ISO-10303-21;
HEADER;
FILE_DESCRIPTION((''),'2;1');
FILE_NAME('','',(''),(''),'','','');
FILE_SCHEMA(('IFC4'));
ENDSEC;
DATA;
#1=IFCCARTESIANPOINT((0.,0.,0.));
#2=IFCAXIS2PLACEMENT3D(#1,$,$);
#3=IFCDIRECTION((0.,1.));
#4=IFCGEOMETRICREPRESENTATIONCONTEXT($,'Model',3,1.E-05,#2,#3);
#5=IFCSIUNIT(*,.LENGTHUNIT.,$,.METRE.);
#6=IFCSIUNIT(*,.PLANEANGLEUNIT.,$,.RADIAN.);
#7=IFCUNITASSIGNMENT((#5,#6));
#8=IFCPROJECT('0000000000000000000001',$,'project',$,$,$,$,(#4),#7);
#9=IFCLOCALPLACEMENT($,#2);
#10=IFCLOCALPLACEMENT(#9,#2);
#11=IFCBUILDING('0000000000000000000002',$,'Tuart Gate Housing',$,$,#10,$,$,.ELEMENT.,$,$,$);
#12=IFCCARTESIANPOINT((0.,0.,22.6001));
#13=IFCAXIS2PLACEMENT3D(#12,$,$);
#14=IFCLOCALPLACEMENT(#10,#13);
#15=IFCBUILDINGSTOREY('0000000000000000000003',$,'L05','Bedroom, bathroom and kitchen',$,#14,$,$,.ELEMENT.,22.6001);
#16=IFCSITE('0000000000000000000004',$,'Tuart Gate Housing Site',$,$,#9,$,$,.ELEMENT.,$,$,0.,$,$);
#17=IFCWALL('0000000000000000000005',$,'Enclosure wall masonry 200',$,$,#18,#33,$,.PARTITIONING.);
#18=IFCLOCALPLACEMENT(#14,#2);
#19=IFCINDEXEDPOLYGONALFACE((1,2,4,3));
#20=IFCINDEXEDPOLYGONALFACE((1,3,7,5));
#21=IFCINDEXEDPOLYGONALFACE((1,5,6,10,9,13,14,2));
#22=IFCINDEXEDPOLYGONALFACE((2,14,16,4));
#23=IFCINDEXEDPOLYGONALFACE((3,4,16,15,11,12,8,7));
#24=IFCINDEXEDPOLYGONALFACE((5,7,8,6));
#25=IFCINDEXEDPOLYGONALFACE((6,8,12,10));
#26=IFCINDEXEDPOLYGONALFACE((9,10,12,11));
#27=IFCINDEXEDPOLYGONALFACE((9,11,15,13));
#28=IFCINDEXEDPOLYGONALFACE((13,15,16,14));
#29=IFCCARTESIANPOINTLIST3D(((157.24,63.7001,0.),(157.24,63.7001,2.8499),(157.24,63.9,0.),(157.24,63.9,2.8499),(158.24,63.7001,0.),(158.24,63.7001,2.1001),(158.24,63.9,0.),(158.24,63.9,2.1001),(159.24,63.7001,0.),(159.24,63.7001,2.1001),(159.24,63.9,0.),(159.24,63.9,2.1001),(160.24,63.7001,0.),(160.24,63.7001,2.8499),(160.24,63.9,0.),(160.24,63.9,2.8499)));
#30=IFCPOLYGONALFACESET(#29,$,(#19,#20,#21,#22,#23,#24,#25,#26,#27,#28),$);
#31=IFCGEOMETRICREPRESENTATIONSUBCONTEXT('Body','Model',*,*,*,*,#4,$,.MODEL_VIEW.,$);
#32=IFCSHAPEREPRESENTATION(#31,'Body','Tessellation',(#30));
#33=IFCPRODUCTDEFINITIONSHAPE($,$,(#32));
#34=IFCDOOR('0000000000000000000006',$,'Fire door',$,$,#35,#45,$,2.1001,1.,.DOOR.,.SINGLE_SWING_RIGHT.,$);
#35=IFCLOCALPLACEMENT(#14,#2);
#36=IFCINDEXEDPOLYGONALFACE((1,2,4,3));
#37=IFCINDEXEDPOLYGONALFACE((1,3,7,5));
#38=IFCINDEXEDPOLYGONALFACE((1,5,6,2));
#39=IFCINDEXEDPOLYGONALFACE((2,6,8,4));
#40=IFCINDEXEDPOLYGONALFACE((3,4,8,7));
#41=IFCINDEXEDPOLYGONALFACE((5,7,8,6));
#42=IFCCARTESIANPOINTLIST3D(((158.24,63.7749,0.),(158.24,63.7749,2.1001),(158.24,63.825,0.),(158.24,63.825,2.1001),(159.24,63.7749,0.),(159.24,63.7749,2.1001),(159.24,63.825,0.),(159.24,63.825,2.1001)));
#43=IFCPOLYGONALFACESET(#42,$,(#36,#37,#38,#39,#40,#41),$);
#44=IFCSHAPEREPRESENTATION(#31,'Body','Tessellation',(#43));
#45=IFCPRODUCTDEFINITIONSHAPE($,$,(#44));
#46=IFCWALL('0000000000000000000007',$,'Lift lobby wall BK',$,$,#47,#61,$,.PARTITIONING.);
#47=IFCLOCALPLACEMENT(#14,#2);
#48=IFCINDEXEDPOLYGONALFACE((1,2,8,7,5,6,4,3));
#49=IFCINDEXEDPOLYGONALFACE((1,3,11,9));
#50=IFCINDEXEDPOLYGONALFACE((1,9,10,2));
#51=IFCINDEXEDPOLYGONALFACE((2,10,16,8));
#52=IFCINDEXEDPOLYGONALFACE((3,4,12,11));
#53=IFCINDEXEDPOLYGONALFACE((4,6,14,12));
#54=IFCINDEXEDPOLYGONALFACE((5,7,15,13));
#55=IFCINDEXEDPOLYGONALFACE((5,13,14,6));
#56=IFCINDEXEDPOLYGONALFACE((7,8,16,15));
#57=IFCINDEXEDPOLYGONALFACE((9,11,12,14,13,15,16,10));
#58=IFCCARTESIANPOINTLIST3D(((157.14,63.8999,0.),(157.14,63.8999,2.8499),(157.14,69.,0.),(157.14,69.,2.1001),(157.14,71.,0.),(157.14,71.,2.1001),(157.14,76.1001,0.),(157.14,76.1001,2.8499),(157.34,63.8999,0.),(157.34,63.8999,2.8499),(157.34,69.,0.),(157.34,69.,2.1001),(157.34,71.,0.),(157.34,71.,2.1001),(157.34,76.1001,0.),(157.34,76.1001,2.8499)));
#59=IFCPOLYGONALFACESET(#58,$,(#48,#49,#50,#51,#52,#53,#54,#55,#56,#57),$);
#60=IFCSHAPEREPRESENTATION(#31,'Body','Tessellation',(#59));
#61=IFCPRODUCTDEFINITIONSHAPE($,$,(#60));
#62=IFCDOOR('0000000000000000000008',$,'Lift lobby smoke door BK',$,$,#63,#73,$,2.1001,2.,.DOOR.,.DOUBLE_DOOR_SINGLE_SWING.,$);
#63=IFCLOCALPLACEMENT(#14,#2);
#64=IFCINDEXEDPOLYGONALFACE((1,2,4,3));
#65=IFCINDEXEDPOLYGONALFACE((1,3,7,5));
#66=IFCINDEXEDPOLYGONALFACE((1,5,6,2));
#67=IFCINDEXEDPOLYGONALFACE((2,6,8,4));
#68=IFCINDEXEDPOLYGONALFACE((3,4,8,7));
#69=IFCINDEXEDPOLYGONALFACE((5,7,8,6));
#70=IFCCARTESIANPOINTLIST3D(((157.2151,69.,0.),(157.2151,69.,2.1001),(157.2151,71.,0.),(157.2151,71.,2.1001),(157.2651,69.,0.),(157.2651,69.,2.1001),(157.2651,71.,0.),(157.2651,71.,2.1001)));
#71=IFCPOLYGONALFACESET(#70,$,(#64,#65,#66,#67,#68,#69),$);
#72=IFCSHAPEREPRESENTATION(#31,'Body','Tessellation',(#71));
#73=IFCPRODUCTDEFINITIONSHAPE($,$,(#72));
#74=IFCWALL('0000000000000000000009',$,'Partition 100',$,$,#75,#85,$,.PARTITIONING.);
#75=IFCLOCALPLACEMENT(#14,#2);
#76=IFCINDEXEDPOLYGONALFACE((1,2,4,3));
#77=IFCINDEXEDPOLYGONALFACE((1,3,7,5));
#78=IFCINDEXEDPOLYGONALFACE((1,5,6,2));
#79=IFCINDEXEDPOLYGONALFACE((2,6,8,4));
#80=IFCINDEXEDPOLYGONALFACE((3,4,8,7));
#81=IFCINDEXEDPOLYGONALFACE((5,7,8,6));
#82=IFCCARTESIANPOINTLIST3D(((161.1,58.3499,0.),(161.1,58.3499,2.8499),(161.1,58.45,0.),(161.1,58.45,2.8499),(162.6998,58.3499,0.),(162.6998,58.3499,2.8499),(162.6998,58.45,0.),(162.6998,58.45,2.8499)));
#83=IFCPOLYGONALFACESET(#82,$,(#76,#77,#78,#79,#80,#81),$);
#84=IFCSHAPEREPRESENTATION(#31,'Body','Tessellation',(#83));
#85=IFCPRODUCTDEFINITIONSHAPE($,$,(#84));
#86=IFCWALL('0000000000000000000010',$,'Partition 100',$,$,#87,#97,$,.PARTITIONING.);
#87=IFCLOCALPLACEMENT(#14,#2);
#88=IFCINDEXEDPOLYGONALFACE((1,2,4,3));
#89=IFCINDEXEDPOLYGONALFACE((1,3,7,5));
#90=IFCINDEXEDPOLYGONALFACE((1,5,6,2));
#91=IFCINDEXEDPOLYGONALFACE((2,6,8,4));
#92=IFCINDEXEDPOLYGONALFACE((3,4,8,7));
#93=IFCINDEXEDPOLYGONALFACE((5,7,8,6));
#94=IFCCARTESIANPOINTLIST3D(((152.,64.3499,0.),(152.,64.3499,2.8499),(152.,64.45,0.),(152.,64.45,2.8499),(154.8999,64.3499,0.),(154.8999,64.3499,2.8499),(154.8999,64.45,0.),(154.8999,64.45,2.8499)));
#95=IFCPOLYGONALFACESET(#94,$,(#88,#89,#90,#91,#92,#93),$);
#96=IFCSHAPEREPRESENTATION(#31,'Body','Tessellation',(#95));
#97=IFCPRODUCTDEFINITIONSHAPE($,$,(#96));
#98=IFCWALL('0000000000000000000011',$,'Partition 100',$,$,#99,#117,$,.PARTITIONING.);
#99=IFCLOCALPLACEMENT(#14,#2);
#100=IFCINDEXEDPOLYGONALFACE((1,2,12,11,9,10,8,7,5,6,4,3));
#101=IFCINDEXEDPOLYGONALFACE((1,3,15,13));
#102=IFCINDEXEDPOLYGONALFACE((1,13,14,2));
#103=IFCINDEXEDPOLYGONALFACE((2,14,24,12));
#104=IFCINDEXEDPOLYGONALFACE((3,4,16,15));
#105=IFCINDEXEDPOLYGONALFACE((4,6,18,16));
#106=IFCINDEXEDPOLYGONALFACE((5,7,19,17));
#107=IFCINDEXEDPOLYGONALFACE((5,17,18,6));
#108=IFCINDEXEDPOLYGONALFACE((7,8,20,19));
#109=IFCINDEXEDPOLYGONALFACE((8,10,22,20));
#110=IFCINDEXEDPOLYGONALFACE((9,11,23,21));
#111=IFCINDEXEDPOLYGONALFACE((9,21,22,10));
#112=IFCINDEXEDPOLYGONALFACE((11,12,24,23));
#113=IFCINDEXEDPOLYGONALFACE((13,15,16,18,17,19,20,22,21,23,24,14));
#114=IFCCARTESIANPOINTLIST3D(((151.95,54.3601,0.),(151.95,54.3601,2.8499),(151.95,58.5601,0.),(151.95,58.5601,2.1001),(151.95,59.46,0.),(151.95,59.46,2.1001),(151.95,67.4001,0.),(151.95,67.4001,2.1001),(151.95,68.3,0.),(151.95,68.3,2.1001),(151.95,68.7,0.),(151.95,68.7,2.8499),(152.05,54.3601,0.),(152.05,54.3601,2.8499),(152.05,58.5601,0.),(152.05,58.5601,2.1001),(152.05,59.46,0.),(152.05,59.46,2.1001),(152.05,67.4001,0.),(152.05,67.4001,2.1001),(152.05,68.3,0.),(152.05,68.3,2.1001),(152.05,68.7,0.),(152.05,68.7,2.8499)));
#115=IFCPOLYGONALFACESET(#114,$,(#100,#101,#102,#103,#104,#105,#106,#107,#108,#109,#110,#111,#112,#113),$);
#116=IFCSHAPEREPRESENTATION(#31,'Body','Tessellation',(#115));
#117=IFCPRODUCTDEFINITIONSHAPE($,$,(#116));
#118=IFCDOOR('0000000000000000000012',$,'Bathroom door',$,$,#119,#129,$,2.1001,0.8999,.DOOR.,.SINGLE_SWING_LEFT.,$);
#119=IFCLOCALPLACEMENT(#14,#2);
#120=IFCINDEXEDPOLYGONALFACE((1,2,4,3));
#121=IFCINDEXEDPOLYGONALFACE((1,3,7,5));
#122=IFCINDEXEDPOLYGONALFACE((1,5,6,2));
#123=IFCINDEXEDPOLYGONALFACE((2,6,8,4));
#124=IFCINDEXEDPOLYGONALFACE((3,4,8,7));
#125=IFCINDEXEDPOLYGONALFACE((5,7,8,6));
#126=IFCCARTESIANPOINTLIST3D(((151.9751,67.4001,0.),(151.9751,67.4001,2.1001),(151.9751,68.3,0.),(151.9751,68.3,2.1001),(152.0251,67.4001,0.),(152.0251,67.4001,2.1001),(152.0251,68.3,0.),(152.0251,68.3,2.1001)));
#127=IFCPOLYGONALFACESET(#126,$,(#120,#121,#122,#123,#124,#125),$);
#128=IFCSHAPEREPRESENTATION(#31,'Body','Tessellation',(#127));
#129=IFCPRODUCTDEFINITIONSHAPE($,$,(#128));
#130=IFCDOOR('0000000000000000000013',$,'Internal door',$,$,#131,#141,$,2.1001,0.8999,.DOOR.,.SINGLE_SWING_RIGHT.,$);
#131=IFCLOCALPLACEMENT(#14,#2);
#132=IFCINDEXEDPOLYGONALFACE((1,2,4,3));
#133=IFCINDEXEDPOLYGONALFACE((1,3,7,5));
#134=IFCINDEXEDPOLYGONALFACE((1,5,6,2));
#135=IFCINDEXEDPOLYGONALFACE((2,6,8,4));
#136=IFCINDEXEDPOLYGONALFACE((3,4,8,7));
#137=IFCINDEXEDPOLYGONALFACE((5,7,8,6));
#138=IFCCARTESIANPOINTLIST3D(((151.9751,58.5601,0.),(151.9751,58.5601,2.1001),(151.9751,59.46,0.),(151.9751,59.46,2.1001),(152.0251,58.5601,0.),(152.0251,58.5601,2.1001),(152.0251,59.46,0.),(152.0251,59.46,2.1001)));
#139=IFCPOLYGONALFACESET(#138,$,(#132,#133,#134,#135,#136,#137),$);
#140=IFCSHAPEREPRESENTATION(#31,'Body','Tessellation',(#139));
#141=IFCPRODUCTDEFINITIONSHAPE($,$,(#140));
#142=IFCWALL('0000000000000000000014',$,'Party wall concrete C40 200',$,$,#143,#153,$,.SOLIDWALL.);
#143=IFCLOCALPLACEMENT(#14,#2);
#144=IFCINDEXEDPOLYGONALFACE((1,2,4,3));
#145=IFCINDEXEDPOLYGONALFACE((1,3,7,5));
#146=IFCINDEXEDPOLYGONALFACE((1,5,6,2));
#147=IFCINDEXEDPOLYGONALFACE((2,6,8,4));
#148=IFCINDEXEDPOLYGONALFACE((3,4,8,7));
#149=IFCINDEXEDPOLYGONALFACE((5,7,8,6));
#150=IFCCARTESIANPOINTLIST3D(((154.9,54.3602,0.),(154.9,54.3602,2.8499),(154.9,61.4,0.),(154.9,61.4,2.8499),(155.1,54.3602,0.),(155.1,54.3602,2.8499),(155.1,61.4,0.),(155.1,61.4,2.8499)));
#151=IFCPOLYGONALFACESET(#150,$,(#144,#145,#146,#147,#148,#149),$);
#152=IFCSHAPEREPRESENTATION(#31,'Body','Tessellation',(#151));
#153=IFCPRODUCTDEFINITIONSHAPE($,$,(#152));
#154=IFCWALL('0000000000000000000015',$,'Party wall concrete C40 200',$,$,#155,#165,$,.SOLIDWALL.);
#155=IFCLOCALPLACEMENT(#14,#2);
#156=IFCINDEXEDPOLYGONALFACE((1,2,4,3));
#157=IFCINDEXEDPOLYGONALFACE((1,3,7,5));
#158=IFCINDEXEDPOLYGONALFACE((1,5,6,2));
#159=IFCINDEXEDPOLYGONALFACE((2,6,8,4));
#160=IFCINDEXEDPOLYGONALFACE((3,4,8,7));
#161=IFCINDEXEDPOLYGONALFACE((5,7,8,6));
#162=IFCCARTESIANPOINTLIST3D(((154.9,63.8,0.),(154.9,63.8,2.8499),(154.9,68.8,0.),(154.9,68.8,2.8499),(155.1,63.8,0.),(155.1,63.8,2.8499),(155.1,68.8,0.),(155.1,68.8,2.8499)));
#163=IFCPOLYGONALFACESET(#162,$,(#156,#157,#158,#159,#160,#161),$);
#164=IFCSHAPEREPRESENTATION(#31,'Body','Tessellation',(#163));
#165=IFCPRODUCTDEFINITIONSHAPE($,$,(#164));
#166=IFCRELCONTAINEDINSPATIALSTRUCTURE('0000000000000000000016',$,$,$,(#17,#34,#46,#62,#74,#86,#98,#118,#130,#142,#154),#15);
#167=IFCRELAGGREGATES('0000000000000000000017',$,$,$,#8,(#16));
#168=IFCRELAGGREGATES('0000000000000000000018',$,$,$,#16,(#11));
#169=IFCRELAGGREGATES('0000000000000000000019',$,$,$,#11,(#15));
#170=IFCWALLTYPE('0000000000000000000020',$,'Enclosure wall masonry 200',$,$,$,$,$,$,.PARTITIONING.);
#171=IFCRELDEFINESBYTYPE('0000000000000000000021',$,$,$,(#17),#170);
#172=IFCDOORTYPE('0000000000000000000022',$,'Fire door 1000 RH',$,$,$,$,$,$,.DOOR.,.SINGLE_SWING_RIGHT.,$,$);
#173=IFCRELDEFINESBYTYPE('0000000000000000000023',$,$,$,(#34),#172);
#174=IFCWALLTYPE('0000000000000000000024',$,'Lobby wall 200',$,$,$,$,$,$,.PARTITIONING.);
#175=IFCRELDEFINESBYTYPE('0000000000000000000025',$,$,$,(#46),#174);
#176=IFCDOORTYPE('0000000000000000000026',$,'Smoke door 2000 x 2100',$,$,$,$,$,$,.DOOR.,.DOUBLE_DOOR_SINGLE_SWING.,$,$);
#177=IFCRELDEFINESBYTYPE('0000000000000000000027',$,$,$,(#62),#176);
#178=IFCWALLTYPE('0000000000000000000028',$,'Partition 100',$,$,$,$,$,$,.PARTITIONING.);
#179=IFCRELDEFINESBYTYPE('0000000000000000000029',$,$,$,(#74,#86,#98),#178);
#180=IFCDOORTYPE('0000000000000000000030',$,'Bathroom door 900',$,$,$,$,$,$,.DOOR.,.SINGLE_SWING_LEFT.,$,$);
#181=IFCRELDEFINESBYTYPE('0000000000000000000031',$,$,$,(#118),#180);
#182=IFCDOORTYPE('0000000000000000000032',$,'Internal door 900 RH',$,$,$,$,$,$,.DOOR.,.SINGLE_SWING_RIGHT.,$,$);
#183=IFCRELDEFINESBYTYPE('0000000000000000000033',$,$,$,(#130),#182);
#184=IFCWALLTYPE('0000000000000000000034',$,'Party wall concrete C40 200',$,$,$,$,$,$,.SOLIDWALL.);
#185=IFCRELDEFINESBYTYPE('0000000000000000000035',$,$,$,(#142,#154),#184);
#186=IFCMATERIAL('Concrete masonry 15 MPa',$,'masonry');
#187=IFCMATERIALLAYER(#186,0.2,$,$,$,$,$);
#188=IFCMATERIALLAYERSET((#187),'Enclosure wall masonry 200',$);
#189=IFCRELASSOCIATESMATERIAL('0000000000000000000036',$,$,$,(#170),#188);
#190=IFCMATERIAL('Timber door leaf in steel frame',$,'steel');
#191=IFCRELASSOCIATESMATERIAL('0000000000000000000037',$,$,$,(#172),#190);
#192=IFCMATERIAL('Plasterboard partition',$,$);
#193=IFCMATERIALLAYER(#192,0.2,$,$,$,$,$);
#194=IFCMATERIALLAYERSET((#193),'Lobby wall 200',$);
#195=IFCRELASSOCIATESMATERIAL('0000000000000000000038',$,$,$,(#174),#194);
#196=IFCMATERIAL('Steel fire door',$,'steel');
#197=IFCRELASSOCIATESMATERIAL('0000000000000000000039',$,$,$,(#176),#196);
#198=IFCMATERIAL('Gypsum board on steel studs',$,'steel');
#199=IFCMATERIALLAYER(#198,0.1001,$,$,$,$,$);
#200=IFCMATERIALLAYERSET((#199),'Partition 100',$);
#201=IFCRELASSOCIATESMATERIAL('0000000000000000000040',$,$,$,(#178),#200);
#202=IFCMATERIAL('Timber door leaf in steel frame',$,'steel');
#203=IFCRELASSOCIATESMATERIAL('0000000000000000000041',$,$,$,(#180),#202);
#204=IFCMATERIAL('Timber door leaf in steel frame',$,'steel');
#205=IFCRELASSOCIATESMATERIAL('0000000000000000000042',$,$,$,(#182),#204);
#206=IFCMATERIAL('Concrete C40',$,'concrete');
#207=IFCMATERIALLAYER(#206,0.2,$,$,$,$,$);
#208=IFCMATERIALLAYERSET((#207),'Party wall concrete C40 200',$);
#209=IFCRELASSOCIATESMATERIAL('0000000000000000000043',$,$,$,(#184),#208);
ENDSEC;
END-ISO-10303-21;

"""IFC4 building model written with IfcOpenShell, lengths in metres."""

from ifc_helpers import new_model, si_unit, direction, frame, frame_2d, origin, place, context, subcontext, project, spatial, rectangle, extrude, material, layer, layer_set, type_object, element, fill, save


model = new_model("IFC4")

# Units and contexts
model_context = context("Model", 3, precision=1e-05, world=origin(), true_north=direction((0.0, 1.0)))
body_context = subcontext(model_context, "Body", "Model", "MODEL_VIEW")
ifc_project = project(units=[si_unit("LENGTHUNIT", "METRE"), si_unit("PLANEANGLEUNIT", "RADIAN")], contexts=[model_context])

# Site, building, storey
site_placement = place(None, origin())
site = spatial("IfcSite", under=ifc_project, at=site_placement, Name="Tuart Gate Housing Site", CompositionType="ELEMENT", RefElevation=0.0)
building_placement = place(site_placement, origin())
building = spatial("IfcBuilding", under=site, at=building_placement, Name="Tuart Gate Housing", CompositionType="ELEMENT")
storey_placement = place(building_placement, frame((0.0, 0.0, 22.6001)))
storey = spatial("IfcBuildingStorey", under=building, at=storey_placement, Name="L05", Description="Bedroom, bathroom and kitchen", CompositionType="ELEMENT", Elevation=22.6001)

# Walls, openings, doors
ifc_material_1 = material(Name="Concrete masonry 15 MPa", Category="masonry")
ifc_layer_1 = layer(ifc_material_1, 0.2)
ifc_layer_set_1 = layer_set([ifc_layer_1], Name="Enclosure wall masonry 200")
wall_type_1 = type_object("IfcWallType", Name="Enclosure wall masonry 200", PredefinedType="PARTITIONING", material=ifc_layer_set_1)
wall_1_placement = place(storey_placement, frame((157.24, 63.8, 0.0), z_axis=(0.0, 0.0, 1.0), x_axis=(1.0, 0.0, 0.0)))
wall_1 = element("IfcWall", 1, at=wall_1_placement, inside=storey, type_object=wall_type_1, Name="Enclosure wall masonry 200", PredefinedType="PARTITIONING", context=body_context, shape_type="SweptSolid", body=[
    extrude(rectangle(XDim=3.0, YDim=0.2, at=frame_2d((1.5, 0.0))), origin(), (0.0, 0.0, 1.0), 2.8499),
])
opening_1_placement = place(wall_1_placement, frame((1.0, 0.0, 0.0)))
opening_1 = element("IfcOpeningElement", 2, at=opening_1_placement, cuts=wall_1, PredefinedType="OPENING", context=body_context, shape_type="SweptSolid", body=[
    extrude(rectangle(XDim=1.0, YDim=2.1001, at=frame_2d((0.5, 1.05))), frame((0.0, 0.1099, 0.0), z_axis=(0.0, -1.0, 0.0), x_axis=(1.0, 0.0, 0.0)), (0.0, 0.0, 1.0), 0.22),
])
ifc_material_2 = material(Name="Timber door leaf in steel frame", Category="steel")
door_type_1 = type_object("IfcDoorType", Name="Fire door 1000 RH", OperationType="SINGLE_SWING_RIGHT", PredefinedType="DOOR", material=ifc_material_2)
door_1_placement = place(opening_1_placement, frame((1.0, 0.0, 0.0), z_axis=(0.0, 0.0, 1.0), x_axis=(-1.0, 0.0, 0.0)))
door_1 = element("IfcDoor", 3, at=door_1_placement, inside=storey, type_object=door_type_1, Name="Fire door", OperationType="SINGLE_SWING_RIGHT", OverallHeight=2.1001, OverallWidth=1.0, PredefinedType="DOOR", context=body_context, shape_type="SweptSolid", body=[
    extrude(rectangle(XDim=1.0, YDim=2.1001, at=frame_2d((0.5, 1.05))), frame((0.0, 0.0251, 0.0), z_axis=(0.0, -1.0, 0.0), x_axis=(1.0, 0.0, 0.0)), (0.0, 0.0, 1.0), 0.05),
])
fill(opening_1, door_1)
ifc_material_3 = material(Name="Plasterboard partition")
ifc_layer_2 = layer(ifc_material_3, 0.2)
ifc_layer_set_2 = layer_set([ifc_layer_2], Name="Lobby wall 200")
wall_type_2 = type_object("IfcWallType", Name="Lobby wall 200", PredefinedType="PARTITIONING", material=ifc_layer_set_2)
wall_2_placement = place(storey_placement, frame((157.24, 63.8999, 0.0), z_axis=(0.0, 0.0, 1.0), x_axis=(0.0, 1.0, 0.0)))
wall_2 = element("IfcWall", 4, at=wall_2_placement, inside=storey, type_object=wall_type_2, Name="Lift lobby wall BK", PredefinedType="PARTITIONING", context=body_context, shape_type="SweptSolid", body=[
    extrude(rectangle(XDim=12.2002, YDim=0.2, at=frame_2d((6.1001, 0.0))), origin(), (0.0, 0.0, 1.0), 2.8499),
])
opening_2_placement = place(wall_2_placement, frame((5.1001, 0.0, 0.0)))
opening_2 = element("IfcOpeningElement", 5, at=opening_2_placement, cuts=wall_2, PredefinedType="OPENING", context=body_context, shape_type="SweptSolid", body=[
    extrude(rectangle(XDim=2.0, YDim=2.1001, at=frame_2d((1.0, 1.05))), frame((0.0, 0.1099, 0.0), z_axis=(0.0, -1.0, 0.0), x_axis=(1.0, 0.0, 0.0)), (0.0, 0.0, 1.0), 0.22),
])
ifc_material_4 = material(Name="Steel fire door", Category="steel")
door_type_2 = type_object("IfcDoorType", Name="Smoke door 2000 x 2100", OperationType="DOUBLE_DOOR_SINGLE_SWING", PredefinedType="DOOR", material=ifc_material_4)
door_2_placement = place(opening_2_placement, frame((2.0, 0.0, 0.0), z_axis=(0.0, 0.0, 1.0), x_axis=(-1.0, 0.0, 0.0)))
door_2 = element("IfcDoor", 6, at=door_2_placement, inside=storey, type_object=door_type_2, Name="Lift lobby smoke door BK", OperationType="DOUBLE_DOOR_SINGLE_SWING", OverallHeight=2.1001, OverallWidth=2.0, PredefinedType="DOOR", context=body_context, shape_type="SweptSolid", body=[
    extrude(rectangle(XDim=2.0, YDim=2.1001, at=frame_2d((1.0, 1.05))), frame((0.0, 0.0251, 0.0), z_axis=(0.0, -1.0, 0.0), x_axis=(1.0, 0.0, 0.0)), (0.0, 0.0, 1.0), 0.05),
])
fill(opening_2, door_2)

# Walls
ifc_material_5 = material(Name="Gypsum board on steel studs", Category="steel")
ifc_layer_3 = layer(ifc_material_5, 0.1001)
ifc_layer_set_3 = layer_set([ifc_layer_3], Name="Partition 100")
wall_type_3 = type_object("IfcWallType", Name="Partition 100", PredefinedType="PARTITIONING", material=ifc_layer_set_3)
wall_3_placement = place(storey_placement, frame((161.1001, 58.3999, 0.0), z_axis=(0.0, 0.0, 1.0), x_axis=(1.0, 0.0, 0.0)))
element("IfcWall", 7, at=wall_3_placement, inside=storey, type_object=wall_type_3, Name="Partition 100", PredefinedType="PARTITIONING", context=body_context, shape_type="SweptSolid", body=[
    extrude(rectangle(XDim=1.5999, YDim=0.1001, at=frame_2d((0.7998, 0.0))), origin(), (0.0, 0.0, 1.0), 2.8499),
])
wall_4_placement = place(storey_placement, frame((152.0, 64.3999, 0.0), z_axis=(0.0, 0.0, 1.0), x_axis=(1.0, 0.0, 0.0)))
element("IfcWall", 8, at=wall_4_placement, inside=storey, type_object=wall_type_3, Name="Partition 100", PredefinedType="PARTITIONING", context=body_context, shape_type="SweptSolid", body=[
    extrude(rectangle(XDim=2.8999, YDim=0.1001, at=frame_2d((1.45, 0.0))), origin(), (0.0, 0.0, 1.0), 2.8499),
])

# Wall, openings, doors
wall_5_placement = place(storey_placement, frame((152.0, 54.3601, 0.0), z_axis=(0.0, 0.0, 1.0), x_axis=(0.0, 1.0, 0.0)))
wall_5 = element("IfcWall", 9, at=wall_5_placement, inside=storey, type_object=wall_type_3, Name="Partition 100", PredefinedType="PARTITIONING", context=body_context, shape_type="SweptSolid", body=[
    extrude(rectangle(XDim=14.3398, YDim=0.1001, at=frame_2d((7.1699, 0.0))), origin(), (0.0, 0.0, 1.0), 2.8499),
])
opening_3_placement = place(wall_5_placement, frame((4.2, 0.0, 0.0)))
opening_3 = element("IfcOpeningElement", 10, at=opening_3_placement, cuts=wall_5, PredefinedType="OPENING", context=body_context, shape_type="SweptSolid", body=[
    extrude(rectangle(XDim=0.8999, YDim=2.1001, at=frame_2d((0.45, 1.05))), frame((0.0, 0.0601, 0.0), z_axis=(0.0, -1.0, 0.0), x_axis=(1.0, 0.0, 0.0)), (0.0, 0.0, 1.0), 0.1201),
])
opening_4_placement = place(wall_5_placement, frame((13.04, 0.0, 0.0)))
opening_4 = element("IfcOpeningElement", 11, at=opening_4_placement, cuts=wall_5, PredefinedType="OPENING", context=body_context, shape_type="SweptSolid", body=[
    extrude(rectangle(XDim=0.8999, YDim=2.1001, at=frame_2d((0.45, 1.05))), frame((0.0, 0.0601, 0.0), z_axis=(0.0, -1.0, 0.0), x_axis=(1.0, 0.0, 0.0)), (0.0, 0.0, 1.0), 0.1201),
])
ifc_material_6 = material(Name="Timber door leaf in steel frame", Category="steel")
door_type_3 = type_object("IfcDoorType", Name="Bathroom door 900", OperationType="SINGLE_SWING_LEFT", PredefinedType="DOOR", material=ifc_material_6)
door_3_placement = place(opening_4_placement, frame((0.8999, 0.0, 0.0), z_axis=(0.0, 0.0, 1.0), x_axis=(-1.0, 0.0, 0.0)))
door_3 = element("IfcDoor", 12, at=door_3_placement, inside=storey, type_object=door_type_3, Name="Bathroom door", OperationType="SINGLE_SWING_LEFT", OverallHeight=2.1001, OverallWidth=0.8999, PredefinedType="DOOR", context=body_context, shape_type="SweptSolid", body=[
    extrude(rectangle(XDim=0.8999, YDim=2.1001, at=frame_2d((0.45, 1.05))), frame((0.0, 0.0251, 0.0), z_axis=(0.0, -1.0, 0.0), x_axis=(1.0, 0.0, 0.0)), (0.0, 0.0, 1.0), 0.05),
])
fill(opening_4, door_3)
ifc_material_7 = material(Name="Timber door leaf in steel frame", Category="steel")
door_type_4 = type_object("IfcDoorType", Name="Internal door 900 RH", OperationType="SINGLE_SWING_RIGHT", PredefinedType="DOOR", material=ifc_material_7)
door_4_placement = place(opening_3_placement, frame((0.8999, 0.0, 0.0), z_axis=(0.0, 0.0, 1.0), x_axis=(-1.0, 0.0, 0.0)))
door_4 = element("IfcDoor", 13, at=door_4_placement, inside=storey, type_object=door_type_4, Name="Internal door", OperationType="SINGLE_SWING_RIGHT", OverallHeight=2.1001, OverallWidth=0.8999, PredefinedType="DOOR", context=body_context, shape_type="SweptSolid", body=[
    extrude(rectangle(XDim=0.8999, YDim=2.1001, at=frame_2d((0.45, 1.05))), frame((0.0, 0.0251, 0.0), z_axis=(0.0, -1.0, 0.0), x_axis=(1.0, 0.0, 0.0)), (0.0, 0.0, 1.0), 0.05),
])
fill(opening_3, door_4)

# Walls
ifc_material_8 = material(Name="Concrete C40", Category="concrete")
ifc_layer_4 = layer(ifc_material_8, 0.2)
ifc_layer_set_4 = layer_set([ifc_layer_4], Name="Party wall concrete C40 200")
wall_type_4 = type_object("IfcWallType", Name="Party wall concrete C40 200", PredefinedType="SOLIDWALL", material=ifc_layer_set_4)
wall_6_placement = place(storey_placement, frame((155.0, 54.3601, 0.0), z_axis=(0.0, 0.0, 1.0), x_axis=(0.0, 1.0, 0.0)))
element("IfcWall", 14, at=wall_6_placement, inside=storey, type_object=wall_type_4, Name="Party wall concrete C40 200", PredefinedType="SOLIDWALL", context=body_context, shape_type="SweptSolid", body=[
    extrude(rectangle(XDim=7.0398, YDim=0.2, at=frame_2d((3.52, 0.0))), origin(), (0.0, 0.0, 1.0), 2.8499),
])
wall_7_placement = place(storey_placement, frame((155.0, 63.8, 0.0), z_axis=(0.0, 0.0, 1.0), x_axis=(0.0, 1.0, 0.0)))
element("IfcWall", 15, at=wall_7_placement, inside=storey, type_object=wall_type_4, Name="Party wall concrete C40 200", PredefinedType="SOLIDWALL", context=body_context, shape_type="SweptSolid", body=[
    extrude(rectangle(XDim=5.0, YDim=0.2, at=frame_2d((2.5, 0.0))), origin(), (0.0, 0.0, 1.0), 2.8499),
])

save(model, "model.ifc")
